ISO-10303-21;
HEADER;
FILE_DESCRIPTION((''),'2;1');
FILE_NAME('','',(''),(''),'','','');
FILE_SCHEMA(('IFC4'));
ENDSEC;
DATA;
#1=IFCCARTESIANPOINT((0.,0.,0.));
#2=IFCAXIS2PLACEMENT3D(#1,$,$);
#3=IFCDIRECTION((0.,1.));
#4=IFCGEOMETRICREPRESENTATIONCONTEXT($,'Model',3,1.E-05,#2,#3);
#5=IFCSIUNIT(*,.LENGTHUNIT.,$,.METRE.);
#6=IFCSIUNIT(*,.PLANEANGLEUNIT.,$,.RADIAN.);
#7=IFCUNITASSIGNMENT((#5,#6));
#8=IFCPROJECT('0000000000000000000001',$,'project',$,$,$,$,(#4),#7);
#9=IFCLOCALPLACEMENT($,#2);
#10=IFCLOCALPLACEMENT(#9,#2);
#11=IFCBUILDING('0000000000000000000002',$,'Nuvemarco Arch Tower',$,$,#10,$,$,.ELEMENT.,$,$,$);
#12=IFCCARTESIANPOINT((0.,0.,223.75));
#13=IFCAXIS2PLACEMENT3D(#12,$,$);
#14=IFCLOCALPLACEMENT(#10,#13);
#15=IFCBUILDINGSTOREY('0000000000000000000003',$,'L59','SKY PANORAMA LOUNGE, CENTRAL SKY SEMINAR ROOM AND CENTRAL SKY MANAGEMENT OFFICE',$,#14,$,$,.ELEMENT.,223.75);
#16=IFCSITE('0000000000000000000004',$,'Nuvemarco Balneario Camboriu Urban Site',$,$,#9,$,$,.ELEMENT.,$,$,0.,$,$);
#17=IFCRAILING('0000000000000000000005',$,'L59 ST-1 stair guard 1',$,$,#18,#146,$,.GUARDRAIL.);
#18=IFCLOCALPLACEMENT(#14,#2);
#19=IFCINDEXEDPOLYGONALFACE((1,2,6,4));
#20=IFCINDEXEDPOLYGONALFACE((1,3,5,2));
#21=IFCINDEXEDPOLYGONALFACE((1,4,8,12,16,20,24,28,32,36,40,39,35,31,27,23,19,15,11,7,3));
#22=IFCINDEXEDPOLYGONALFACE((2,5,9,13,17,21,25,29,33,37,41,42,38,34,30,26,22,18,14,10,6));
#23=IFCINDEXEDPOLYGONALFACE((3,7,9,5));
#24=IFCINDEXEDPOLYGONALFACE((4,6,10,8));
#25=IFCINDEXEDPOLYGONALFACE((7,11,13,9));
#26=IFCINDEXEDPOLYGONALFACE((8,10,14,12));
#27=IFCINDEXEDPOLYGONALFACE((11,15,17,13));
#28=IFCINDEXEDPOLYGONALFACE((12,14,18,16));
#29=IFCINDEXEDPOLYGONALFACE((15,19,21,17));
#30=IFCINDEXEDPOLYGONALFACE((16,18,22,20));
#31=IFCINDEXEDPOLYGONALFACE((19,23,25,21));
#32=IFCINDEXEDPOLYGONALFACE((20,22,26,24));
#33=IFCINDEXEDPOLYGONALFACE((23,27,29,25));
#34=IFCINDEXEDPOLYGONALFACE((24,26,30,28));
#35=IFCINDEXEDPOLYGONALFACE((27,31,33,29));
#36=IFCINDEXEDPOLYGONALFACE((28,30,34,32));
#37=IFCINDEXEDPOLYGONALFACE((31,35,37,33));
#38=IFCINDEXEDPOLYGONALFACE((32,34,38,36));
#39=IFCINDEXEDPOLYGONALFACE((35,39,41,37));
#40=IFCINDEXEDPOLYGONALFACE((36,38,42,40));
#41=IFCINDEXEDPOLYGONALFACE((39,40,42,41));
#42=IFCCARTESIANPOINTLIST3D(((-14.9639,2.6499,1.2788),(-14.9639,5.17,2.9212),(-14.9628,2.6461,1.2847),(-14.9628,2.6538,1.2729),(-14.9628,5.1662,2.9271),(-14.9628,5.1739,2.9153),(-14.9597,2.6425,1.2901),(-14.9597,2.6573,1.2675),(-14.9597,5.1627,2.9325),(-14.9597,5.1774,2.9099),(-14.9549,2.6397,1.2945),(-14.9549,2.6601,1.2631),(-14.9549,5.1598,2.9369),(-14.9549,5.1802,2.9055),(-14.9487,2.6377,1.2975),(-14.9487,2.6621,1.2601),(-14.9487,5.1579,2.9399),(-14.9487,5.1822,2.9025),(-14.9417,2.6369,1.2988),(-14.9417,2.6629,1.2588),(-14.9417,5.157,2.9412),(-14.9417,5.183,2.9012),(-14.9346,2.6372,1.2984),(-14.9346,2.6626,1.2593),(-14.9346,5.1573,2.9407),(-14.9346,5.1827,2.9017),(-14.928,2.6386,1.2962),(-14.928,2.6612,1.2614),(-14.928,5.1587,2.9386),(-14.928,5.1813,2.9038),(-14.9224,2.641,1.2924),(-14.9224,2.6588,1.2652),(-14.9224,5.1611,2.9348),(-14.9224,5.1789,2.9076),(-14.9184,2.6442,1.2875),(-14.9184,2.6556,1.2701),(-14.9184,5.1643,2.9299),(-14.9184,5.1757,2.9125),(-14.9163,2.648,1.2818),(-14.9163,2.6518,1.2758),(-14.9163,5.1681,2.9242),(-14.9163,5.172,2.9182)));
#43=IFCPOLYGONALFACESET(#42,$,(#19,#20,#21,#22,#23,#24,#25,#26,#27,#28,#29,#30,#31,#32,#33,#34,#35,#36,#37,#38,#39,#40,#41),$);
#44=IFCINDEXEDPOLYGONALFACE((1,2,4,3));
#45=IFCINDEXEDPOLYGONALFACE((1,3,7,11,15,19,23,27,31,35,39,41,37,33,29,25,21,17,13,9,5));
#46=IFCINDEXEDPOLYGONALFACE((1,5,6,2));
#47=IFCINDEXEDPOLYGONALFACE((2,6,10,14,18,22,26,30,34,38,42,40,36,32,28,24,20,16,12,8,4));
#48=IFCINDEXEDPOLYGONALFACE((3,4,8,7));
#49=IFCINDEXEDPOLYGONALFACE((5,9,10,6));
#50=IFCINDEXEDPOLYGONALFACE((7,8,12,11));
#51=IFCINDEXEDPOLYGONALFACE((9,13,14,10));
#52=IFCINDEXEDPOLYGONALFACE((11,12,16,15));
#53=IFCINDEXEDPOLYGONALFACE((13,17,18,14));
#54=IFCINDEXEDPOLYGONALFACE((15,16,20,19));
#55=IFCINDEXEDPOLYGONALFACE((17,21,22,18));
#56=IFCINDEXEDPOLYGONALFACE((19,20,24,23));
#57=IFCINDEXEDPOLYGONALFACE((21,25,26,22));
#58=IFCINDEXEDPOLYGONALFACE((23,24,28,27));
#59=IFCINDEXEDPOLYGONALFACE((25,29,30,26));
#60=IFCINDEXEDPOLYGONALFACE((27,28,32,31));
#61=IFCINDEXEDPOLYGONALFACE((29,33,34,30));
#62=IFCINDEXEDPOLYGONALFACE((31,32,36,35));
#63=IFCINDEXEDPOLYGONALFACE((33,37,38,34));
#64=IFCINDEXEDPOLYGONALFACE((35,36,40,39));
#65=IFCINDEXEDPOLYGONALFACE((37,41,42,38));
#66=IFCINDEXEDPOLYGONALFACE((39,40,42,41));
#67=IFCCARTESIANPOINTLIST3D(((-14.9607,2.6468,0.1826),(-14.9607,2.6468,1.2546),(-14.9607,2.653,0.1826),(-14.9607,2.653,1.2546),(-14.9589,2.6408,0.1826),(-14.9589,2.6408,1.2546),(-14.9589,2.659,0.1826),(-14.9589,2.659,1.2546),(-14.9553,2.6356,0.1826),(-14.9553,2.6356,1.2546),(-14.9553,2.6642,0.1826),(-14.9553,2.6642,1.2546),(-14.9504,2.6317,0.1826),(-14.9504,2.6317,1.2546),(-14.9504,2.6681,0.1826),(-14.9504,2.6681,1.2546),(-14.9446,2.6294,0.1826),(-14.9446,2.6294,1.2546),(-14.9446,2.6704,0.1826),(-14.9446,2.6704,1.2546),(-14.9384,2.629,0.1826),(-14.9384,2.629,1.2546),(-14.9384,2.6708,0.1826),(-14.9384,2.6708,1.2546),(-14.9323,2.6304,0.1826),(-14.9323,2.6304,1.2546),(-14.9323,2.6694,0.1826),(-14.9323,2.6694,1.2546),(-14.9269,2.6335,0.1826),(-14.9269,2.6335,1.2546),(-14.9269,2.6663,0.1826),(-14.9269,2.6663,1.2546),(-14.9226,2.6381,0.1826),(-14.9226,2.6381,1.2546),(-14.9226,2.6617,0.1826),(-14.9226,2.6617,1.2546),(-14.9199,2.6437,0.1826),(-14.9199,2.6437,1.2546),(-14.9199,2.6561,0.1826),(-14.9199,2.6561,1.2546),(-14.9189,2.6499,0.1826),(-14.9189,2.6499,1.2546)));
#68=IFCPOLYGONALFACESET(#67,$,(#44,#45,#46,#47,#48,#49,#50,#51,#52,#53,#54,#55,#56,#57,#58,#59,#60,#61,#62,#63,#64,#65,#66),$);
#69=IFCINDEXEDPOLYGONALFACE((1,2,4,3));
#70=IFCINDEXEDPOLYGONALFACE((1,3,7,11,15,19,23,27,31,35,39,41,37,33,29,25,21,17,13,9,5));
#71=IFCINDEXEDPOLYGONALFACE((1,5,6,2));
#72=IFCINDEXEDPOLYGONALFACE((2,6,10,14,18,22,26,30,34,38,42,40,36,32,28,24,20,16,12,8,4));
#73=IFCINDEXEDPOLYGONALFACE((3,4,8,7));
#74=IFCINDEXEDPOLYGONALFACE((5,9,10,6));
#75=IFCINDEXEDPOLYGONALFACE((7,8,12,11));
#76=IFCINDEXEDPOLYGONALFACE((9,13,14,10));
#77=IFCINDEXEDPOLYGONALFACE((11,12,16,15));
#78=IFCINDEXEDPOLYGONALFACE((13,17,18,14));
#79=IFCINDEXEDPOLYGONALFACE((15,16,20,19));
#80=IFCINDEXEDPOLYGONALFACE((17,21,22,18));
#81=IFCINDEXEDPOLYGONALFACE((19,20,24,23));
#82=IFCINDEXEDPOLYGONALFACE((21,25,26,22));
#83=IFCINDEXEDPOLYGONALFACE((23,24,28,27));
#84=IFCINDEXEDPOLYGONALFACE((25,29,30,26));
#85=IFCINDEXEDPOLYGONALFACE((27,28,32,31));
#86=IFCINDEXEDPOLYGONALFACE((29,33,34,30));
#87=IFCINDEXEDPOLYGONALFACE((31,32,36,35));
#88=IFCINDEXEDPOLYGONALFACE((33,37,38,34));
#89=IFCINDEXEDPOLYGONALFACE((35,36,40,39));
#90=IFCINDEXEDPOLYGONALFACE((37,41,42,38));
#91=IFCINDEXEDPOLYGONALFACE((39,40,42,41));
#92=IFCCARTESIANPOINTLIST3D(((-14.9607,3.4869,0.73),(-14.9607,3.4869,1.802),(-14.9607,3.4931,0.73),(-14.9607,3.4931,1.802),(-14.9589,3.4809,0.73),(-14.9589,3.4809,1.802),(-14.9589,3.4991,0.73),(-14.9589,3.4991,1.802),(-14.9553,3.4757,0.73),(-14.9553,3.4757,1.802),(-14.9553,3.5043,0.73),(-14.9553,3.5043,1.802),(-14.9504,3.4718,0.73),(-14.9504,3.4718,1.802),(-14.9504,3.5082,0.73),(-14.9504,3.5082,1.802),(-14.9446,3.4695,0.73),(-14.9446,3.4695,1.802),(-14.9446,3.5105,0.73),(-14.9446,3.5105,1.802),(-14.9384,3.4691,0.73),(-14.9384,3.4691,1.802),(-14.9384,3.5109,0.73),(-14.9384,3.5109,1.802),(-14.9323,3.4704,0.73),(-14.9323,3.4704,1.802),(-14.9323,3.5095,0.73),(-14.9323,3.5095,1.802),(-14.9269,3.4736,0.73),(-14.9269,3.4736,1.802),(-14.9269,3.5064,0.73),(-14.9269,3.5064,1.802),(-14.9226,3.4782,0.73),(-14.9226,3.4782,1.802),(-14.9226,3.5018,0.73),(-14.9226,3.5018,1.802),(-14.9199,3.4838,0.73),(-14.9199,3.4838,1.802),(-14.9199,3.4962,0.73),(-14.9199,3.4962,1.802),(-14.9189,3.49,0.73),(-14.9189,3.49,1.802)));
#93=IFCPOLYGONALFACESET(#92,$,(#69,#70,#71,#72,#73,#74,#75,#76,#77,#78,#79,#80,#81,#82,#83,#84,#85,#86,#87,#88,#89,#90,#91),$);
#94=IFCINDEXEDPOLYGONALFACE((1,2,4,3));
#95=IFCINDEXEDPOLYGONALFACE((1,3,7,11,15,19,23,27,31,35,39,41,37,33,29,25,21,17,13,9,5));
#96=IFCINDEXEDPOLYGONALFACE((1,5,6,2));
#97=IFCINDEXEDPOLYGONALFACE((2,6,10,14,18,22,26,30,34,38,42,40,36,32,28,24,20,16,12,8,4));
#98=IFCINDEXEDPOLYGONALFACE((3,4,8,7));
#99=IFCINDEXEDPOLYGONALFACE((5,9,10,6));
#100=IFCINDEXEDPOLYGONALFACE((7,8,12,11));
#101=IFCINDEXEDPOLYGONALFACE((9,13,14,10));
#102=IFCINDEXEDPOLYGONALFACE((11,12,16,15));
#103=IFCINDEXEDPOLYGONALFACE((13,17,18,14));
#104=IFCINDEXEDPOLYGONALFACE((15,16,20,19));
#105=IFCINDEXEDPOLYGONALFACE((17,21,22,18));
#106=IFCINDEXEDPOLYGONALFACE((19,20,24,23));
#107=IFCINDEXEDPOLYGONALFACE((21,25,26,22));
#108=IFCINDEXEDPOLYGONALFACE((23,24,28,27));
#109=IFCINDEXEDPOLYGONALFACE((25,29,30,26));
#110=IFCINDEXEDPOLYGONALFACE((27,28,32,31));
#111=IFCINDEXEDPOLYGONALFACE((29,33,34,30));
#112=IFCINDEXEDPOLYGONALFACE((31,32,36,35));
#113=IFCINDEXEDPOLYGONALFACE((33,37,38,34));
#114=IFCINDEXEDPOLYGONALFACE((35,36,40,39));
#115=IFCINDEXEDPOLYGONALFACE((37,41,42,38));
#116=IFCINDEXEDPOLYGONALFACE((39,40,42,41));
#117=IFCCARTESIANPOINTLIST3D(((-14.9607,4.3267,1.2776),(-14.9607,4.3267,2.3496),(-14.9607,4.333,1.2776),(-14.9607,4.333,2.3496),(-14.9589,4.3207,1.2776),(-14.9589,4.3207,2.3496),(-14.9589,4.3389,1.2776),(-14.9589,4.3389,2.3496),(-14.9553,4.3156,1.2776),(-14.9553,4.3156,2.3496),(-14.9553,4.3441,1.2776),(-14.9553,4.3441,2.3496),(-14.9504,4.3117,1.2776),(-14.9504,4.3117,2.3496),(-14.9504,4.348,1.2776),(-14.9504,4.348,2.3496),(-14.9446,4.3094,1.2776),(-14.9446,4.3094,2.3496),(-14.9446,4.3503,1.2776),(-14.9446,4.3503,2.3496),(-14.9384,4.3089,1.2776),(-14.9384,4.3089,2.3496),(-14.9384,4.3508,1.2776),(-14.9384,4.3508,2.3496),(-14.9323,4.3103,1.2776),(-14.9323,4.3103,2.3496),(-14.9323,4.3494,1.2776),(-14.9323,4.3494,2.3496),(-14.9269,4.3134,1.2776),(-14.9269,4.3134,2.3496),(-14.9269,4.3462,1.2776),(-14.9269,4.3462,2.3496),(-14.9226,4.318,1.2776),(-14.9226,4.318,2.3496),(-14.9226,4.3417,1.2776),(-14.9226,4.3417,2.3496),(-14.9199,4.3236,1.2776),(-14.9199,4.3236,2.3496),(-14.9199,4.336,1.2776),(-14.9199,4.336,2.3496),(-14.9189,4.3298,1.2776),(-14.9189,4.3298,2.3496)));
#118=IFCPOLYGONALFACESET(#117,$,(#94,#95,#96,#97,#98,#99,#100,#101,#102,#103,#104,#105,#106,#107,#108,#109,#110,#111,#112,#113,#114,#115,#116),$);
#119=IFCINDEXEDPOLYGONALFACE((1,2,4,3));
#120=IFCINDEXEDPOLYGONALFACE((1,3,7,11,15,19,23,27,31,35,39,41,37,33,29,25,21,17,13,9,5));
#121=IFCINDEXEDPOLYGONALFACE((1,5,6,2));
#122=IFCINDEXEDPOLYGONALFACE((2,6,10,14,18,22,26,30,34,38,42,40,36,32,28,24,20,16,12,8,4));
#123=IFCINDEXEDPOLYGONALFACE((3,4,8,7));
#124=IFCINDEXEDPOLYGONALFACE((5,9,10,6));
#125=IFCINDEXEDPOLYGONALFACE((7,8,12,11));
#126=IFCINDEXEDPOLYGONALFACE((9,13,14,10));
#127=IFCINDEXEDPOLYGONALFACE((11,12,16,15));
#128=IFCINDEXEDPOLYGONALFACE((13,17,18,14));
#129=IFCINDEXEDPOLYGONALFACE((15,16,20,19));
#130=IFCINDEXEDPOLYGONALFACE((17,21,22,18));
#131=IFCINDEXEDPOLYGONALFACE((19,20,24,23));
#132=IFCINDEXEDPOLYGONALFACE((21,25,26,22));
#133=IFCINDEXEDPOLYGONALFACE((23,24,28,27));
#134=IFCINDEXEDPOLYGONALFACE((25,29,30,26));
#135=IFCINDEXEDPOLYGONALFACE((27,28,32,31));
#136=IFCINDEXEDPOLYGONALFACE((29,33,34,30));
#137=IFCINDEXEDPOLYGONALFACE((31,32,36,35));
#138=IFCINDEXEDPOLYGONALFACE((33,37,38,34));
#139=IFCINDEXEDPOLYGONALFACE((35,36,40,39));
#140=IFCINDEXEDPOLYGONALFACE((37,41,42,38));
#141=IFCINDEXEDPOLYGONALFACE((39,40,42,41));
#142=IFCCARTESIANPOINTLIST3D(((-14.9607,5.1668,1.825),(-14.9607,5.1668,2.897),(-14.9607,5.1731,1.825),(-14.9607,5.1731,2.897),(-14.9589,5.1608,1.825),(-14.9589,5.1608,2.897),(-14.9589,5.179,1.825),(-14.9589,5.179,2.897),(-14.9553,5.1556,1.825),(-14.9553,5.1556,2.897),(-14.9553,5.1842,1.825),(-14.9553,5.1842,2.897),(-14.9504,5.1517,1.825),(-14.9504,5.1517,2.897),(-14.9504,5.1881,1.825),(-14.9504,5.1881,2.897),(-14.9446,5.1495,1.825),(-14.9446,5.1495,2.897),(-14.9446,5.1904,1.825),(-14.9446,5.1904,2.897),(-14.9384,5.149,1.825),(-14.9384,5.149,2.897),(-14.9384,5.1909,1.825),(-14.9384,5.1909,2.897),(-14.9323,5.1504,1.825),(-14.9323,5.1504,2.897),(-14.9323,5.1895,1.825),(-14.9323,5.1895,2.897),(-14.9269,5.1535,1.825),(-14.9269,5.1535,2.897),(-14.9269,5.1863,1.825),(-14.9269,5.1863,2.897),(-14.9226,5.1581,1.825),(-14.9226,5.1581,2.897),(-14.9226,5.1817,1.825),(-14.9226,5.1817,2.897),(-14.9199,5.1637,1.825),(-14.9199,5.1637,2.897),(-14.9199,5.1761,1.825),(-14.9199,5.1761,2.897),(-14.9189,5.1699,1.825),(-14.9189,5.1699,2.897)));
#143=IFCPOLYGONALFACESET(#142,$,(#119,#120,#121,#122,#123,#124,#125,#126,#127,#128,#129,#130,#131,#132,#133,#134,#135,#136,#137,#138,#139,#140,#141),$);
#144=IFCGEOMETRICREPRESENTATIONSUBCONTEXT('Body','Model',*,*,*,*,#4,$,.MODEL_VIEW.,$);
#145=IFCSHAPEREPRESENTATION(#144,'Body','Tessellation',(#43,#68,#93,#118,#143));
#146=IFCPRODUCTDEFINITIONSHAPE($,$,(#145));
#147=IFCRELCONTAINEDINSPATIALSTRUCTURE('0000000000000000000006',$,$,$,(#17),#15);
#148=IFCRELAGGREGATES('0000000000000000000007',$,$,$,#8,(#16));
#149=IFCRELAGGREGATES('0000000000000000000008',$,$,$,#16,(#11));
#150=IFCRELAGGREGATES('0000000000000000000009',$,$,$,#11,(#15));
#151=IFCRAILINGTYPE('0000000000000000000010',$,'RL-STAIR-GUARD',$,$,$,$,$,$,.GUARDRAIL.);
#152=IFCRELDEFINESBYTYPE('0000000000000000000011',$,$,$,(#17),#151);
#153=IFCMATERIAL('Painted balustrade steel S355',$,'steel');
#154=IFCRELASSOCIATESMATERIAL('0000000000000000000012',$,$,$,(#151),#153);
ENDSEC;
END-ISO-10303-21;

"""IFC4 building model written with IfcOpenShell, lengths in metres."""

from ifc_helpers import new_model, si_unit, direction, frame, origin, origin_2d, place, context, subcontext, project, spatial, circle, extrude, material, type_object, element, save


model = new_model("IFC4")

# Units and contexts
model_context = context("Model", 3, precision=1e-05, world=origin(), true_north=direction((0.0, 1.0)))
body_context = subcontext(model_context, "Body", "Model", "MODEL_VIEW")
ifc_project = project(units=[si_unit("LENGTHUNIT", "METRE"), si_unit("PLANEANGLEUNIT", "RADIAN")], contexts=[model_context])

# Site, building, storey
site_placement = place(None, origin())
site = spatial("IfcSite", under=ifc_project, at=site_placement, Name="Nuvemarco Balneario Camboriu Urban Site", CompositionType="ELEMENT", RefElevation=0.0)
building_placement = place(site_placement, origin())
building = spatial("IfcBuilding", under=site, at=building_placement, Name="Nuvemarco Arch Tower", CompositionType="ELEMENT")
storey_placement = place(building_placement, frame((0.0, 0.0, 223.75)))
storey = spatial("IfcBuildingStorey", under=building, at=storey_placement, Name="L59", Description="SKY PANORAMA LOUNGE, CENTRAL SKY SEMINAR ROOM AND CENTRAL SKY MANAGEMENT OFFICE", CompositionType="ELEMENT", Elevation=223.75)

# Railing
ifc_material_1 = material(Name="Painted balustrade steel S355", Category="steel")
railing_type_1 = type_object("IfcRailingType", Name="RL-STAIR-GUARD", PredefinedType="GUARDRAIL", material=ifc_material_1)
railing_1_placement = place(storey_placement, frame((-14.9399, 2.6499, 0.1826)))
element("IfcRailing", 1, at=railing_1_placement, inside=storey, type_object=railing_type_1, Name="L59 ST-1 stair guard 1", PredefinedType="GUARDRAIL", context=body_context, shape_type="SweptSolid", body=[
    extrude(circle(Radius=0.0239, at=origin_2d()), frame((0.0, 0.0, 1.0962), z_axis=(0.0, 0.837787, 0.545998), x_axis=(-1.0, 0.0, 0.0)), (0.0, 0.0, 1.0), 3.0081),
    extrude(circle(Radius=0.021, at=origin_2d()), origin(), (0.0, 0.0, 1.0), 1.072),
    extrude(circle(Radius=0.021, at=origin_2d()), frame((0.0, 0.8401, 0.5474)), (0.0, 0.0, 1.0), 1.072),
    extrude(circle(Radius=0.021, at=origin_2d()), frame((0.0, 1.6799, 1.095)), (0.0, 0.0, 1.0), 1.072),
    extrude(circle(Radius=0.021, at=origin_2d()), frame((0.0, 2.52, 1.6423)), (0.0, 0.0, 1.0), 1.072),
])

save(model, "model.ifc")
